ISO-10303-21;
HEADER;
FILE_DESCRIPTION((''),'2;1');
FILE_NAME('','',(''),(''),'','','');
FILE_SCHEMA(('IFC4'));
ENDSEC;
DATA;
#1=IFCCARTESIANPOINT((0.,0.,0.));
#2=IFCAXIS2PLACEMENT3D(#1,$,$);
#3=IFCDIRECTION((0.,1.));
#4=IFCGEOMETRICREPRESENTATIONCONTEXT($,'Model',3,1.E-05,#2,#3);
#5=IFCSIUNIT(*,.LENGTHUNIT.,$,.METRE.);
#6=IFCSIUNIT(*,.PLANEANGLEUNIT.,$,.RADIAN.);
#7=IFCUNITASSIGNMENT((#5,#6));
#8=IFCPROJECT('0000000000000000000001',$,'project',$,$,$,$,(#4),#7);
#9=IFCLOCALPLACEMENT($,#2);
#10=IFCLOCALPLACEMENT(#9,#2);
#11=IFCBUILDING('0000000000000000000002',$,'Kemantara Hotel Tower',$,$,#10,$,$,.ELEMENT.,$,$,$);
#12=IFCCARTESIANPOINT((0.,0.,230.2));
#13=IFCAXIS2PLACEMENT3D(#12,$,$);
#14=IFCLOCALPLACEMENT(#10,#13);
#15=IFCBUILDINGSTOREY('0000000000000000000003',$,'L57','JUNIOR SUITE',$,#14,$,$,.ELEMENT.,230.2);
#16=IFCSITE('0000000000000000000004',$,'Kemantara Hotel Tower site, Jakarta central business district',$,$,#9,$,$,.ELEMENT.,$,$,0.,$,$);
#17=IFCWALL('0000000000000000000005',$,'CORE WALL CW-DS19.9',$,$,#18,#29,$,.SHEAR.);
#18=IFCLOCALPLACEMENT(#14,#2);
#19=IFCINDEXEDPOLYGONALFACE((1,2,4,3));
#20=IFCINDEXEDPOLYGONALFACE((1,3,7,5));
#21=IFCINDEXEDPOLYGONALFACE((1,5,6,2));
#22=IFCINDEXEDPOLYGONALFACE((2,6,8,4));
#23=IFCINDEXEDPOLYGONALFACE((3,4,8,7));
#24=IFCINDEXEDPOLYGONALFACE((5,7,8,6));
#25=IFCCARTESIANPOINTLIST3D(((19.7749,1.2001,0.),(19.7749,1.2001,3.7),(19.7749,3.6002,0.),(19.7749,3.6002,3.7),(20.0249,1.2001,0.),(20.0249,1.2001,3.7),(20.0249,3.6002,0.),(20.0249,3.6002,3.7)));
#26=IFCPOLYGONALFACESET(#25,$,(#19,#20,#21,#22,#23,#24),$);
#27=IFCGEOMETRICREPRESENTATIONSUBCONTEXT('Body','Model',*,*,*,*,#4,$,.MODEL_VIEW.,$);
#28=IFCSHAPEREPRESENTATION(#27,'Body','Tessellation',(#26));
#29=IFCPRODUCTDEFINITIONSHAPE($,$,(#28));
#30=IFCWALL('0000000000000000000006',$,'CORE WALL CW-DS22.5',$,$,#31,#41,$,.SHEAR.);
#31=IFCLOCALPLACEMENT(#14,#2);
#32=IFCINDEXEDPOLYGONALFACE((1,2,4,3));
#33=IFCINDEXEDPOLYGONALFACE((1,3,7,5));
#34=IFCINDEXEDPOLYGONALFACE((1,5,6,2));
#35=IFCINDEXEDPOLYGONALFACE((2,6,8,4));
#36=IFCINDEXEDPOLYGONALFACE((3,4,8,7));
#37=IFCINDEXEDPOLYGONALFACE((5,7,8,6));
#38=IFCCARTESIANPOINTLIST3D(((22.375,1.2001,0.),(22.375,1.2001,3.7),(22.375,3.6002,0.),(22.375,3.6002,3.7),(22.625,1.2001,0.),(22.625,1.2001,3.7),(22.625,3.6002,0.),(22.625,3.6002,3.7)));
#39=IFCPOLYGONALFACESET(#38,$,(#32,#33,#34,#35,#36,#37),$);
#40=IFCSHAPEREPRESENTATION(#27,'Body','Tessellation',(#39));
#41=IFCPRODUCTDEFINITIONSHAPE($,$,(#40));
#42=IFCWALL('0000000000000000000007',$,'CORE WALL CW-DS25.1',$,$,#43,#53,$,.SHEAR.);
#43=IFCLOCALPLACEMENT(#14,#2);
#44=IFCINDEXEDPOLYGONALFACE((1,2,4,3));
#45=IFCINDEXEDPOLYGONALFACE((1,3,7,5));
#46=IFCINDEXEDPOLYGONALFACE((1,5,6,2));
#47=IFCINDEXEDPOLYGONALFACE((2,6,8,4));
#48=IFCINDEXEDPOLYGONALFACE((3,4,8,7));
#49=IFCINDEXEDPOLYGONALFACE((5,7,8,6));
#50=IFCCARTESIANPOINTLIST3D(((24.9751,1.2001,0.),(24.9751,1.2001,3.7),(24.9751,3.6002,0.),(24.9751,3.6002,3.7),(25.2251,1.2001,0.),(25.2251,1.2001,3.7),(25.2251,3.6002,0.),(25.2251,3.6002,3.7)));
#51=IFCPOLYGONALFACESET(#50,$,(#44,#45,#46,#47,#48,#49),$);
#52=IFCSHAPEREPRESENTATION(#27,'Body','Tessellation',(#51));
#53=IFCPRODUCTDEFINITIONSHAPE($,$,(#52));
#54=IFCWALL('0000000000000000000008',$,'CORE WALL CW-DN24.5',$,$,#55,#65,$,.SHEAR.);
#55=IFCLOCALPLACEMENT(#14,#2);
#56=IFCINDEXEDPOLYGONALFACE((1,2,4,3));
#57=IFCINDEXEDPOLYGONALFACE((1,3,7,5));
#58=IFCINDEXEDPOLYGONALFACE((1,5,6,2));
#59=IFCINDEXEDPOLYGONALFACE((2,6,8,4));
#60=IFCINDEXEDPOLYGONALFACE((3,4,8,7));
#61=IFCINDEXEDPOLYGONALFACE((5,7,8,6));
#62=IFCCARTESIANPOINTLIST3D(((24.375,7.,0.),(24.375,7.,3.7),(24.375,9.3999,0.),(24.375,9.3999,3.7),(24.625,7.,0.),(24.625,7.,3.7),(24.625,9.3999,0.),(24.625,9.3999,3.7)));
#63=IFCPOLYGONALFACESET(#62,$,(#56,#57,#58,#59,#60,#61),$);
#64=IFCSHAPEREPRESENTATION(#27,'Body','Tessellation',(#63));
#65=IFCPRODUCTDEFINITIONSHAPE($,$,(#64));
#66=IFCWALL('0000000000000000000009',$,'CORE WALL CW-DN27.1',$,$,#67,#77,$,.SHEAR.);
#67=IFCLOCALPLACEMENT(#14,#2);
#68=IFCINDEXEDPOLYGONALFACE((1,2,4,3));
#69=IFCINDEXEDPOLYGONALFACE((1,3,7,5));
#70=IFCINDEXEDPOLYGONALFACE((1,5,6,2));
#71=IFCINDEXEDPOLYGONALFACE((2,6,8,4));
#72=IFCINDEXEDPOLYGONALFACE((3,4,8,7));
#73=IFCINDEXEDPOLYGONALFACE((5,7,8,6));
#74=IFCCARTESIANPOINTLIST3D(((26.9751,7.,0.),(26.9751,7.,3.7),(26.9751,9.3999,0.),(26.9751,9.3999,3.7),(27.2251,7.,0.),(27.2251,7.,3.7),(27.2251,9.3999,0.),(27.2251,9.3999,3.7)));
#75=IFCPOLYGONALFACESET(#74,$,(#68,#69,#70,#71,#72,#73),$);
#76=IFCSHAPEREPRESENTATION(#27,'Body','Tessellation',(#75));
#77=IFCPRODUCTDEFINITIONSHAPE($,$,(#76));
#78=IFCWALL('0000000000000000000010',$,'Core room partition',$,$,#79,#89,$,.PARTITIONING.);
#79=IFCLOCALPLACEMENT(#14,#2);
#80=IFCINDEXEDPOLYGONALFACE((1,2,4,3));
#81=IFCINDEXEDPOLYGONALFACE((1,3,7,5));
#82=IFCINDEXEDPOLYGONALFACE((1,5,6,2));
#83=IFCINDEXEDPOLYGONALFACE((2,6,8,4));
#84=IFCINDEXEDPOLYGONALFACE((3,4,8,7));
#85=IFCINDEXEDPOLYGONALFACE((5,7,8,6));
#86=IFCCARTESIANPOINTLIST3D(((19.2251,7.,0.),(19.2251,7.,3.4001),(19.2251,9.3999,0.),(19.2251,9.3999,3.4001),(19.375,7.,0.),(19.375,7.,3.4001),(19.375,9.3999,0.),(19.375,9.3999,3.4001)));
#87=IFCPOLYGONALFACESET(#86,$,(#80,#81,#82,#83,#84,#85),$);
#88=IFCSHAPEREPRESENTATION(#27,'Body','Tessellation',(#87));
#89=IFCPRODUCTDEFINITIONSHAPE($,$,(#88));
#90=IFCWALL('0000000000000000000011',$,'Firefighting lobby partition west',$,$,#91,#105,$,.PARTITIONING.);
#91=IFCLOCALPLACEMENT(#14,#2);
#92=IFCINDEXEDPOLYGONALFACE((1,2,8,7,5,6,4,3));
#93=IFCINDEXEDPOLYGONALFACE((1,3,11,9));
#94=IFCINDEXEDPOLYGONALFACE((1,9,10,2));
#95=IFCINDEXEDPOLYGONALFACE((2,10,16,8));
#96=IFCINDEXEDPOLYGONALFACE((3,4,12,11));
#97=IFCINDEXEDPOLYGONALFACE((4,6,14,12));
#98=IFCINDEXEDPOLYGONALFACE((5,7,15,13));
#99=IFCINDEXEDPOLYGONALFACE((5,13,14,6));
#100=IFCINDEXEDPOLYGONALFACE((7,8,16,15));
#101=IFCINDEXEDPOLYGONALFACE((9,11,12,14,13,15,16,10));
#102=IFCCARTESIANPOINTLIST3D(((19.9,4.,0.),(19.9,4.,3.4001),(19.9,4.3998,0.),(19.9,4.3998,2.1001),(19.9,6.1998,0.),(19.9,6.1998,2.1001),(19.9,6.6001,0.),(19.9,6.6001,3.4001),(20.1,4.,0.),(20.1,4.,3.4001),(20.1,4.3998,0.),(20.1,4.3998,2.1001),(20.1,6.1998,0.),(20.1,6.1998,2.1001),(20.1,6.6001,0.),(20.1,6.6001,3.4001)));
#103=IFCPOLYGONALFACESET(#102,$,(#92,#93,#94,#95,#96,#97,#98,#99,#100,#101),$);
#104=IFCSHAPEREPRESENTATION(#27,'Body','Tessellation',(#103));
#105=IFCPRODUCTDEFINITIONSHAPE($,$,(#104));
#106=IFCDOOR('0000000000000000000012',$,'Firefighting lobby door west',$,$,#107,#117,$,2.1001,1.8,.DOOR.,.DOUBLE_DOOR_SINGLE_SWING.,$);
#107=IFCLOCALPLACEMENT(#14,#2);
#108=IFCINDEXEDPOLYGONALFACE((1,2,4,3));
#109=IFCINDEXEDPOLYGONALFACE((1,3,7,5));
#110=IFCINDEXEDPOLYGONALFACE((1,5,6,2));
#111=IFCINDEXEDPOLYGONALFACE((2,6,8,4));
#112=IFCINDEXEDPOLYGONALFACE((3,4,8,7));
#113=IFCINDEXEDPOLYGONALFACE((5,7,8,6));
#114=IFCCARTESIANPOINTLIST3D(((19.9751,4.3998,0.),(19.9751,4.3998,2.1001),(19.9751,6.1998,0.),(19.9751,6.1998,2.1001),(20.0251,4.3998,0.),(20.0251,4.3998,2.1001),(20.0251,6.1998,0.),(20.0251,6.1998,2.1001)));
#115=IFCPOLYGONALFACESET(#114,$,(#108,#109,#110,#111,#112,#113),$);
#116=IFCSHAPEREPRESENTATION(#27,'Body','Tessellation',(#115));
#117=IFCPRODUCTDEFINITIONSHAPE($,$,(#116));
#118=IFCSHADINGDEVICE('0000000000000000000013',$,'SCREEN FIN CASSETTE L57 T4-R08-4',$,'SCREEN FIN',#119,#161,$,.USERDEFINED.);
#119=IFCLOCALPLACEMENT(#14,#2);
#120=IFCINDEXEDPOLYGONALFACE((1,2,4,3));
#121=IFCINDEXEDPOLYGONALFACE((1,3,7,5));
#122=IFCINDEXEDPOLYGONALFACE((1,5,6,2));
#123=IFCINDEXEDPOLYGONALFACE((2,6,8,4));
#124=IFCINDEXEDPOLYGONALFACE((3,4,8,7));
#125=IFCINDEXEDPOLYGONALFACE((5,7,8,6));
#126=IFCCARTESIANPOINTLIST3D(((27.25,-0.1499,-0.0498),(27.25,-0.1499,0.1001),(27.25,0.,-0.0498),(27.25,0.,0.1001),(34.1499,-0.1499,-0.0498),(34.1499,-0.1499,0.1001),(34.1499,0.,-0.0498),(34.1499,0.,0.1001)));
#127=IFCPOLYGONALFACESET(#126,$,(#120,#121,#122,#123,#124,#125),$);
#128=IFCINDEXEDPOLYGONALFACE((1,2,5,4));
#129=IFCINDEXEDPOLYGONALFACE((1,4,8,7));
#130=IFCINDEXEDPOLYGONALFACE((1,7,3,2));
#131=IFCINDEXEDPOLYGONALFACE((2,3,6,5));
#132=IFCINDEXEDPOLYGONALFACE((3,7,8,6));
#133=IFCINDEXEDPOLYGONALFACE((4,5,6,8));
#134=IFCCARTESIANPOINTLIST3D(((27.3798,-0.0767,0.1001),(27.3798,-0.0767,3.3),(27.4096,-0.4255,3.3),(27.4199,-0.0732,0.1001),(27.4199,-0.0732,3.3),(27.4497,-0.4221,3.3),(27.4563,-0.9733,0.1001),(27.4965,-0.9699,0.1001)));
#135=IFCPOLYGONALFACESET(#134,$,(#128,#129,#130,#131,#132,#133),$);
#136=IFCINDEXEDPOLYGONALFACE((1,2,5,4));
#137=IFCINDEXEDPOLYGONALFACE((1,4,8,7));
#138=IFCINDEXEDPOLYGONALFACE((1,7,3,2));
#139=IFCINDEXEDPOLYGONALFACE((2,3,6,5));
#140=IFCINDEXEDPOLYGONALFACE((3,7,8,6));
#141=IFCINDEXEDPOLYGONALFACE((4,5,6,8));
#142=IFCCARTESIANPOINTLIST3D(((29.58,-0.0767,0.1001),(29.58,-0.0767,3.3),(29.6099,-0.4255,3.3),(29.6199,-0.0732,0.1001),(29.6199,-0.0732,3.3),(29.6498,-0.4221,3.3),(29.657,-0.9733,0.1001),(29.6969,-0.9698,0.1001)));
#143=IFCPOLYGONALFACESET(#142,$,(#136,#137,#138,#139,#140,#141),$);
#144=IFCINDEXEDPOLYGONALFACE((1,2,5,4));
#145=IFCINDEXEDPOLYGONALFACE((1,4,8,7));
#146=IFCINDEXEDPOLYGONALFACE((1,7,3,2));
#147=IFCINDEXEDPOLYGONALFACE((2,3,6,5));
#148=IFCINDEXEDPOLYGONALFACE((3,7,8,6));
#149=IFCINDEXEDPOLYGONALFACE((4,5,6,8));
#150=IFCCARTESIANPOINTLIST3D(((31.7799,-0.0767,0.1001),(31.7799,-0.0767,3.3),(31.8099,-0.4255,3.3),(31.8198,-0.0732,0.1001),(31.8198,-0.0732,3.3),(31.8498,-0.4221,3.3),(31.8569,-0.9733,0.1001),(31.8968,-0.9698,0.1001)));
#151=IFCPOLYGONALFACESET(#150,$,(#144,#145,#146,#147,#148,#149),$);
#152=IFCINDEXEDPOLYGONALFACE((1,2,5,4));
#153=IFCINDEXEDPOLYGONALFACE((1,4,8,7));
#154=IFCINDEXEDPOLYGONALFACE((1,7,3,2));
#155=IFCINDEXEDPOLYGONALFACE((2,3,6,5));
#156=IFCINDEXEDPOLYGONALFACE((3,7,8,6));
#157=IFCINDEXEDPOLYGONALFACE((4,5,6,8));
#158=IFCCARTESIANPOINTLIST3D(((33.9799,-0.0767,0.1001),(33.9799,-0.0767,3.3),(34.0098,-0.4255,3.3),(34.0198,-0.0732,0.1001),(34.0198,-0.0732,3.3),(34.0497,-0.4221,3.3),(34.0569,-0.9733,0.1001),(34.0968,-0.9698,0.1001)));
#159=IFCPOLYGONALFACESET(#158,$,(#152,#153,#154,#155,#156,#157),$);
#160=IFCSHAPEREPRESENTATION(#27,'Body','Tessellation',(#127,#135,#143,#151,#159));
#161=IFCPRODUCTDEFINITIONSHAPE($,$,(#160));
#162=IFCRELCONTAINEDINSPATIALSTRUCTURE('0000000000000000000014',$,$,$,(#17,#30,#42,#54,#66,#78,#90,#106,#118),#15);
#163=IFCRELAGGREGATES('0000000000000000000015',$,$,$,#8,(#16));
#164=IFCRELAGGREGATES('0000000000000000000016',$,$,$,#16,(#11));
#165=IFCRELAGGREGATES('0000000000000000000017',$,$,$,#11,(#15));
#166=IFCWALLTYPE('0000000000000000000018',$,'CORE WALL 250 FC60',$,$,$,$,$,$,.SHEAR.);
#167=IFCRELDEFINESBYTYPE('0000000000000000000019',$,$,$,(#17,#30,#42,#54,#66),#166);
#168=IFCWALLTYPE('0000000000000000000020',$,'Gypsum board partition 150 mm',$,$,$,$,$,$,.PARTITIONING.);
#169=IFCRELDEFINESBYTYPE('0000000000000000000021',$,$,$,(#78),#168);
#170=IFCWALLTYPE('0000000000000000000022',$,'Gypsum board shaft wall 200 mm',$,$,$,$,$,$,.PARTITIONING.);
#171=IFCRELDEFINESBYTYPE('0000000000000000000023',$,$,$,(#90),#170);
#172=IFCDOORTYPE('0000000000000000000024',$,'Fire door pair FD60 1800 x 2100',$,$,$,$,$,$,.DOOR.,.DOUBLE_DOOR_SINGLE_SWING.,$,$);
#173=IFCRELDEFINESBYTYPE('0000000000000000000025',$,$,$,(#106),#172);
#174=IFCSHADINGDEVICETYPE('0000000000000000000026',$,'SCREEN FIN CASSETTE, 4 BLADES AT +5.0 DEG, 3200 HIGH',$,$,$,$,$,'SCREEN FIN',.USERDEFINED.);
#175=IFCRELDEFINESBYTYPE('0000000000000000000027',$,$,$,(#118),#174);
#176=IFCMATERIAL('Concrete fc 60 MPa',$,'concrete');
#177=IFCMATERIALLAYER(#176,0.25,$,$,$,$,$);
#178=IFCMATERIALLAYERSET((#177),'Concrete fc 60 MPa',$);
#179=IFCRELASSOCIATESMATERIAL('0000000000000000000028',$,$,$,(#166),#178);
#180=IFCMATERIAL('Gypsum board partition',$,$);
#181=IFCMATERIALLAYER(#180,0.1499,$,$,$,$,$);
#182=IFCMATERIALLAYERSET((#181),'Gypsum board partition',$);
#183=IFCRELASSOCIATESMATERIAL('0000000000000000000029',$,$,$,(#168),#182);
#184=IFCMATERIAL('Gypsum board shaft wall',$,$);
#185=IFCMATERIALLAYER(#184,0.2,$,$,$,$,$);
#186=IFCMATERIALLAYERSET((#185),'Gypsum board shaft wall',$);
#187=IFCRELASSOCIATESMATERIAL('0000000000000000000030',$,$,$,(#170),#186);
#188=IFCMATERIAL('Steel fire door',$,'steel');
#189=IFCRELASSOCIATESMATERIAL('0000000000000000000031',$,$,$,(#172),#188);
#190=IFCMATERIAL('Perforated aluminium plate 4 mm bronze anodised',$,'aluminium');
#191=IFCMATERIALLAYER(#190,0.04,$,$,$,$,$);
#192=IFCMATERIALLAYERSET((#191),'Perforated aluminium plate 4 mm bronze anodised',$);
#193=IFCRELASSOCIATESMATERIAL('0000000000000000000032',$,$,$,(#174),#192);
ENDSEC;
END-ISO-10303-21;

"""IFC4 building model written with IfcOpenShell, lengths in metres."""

from ifc_helpers import new_model, si_unit, direction, frame, frame_2d, origin, origin_2d, place, context, subcontext, project, spatial, polyline, rectangle, outline, extrude, source, transform, mapped, material, layer, layer_set, type_object, element, fill, save


model = new_model("IFC4")

# Units and contexts
model_context = context("Model", 3, precision=1e-05, world=origin(), true_north=direction((0.0, 1.0)))
body_context = subcontext(model_context, "Body", "Model", "MODEL_VIEW")
ifc_project = project(units=[si_unit("LENGTHUNIT", "METRE"), si_unit("PLANEANGLEUNIT", "RADIAN")], contexts=[model_context])

# Site, building, storey
site_placement = place(None, origin())
site = spatial("IfcSite", under=ifc_project, at=site_placement, Name="Kemantara Hotel Tower site, Jakarta central business district", CompositionType="ELEMENT", RefElevation=0.0)
building_placement = place(site_placement, origin())
building = spatial("IfcBuilding", under=site, at=building_placement, Name="Kemantara Hotel Tower", CompositionType="ELEMENT")
storey_placement = place(building_placement, frame((0.0, 0.0, 230.2)))
storey = spatial("IfcBuildingStorey", under=building, at=storey_placement, Name="L57", Description="JUNIOR SUITE", CompositionType="ELEMENT", Elevation=230.2)

# Walls
ifc_material_1 = material(Name="Concrete fc 60 MPa", Category="concrete")
ifc_layer_1 = layer(ifc_material_1, 0.25)
ifc_layer_set_1 = layer_set([ifc_layer_1], Name="Concrete fc 60 MPa")
wall_type_1 = type_object("IfcWallType", Name="CORE WALL 250 FC60", PredefinedType="SHEAR", material=ifc_layer_set_1)
for number, where, z_axis, x_axis, name in (
    (1, (19.8999, 1.2, 0.0), (0.0, 0.0, 1.0), (0.0, 1.0, 0.0), "CORE WALL CW-DS19.9"),
    (2, (22.5, 1.2, 0.0), (0.0, 0.0, 1.0), (0.0, 1.0, 0.0), "CORE WALL CW-DS22.5"),
    (3, (25.1001, 1.2, 0.0), (0.0, 0.0, 1.0), (0.0, 1.0, 0.0), "CORE WALL CW-DS25.1"),
):
    element("IfcWall", number, at=place(storey_placement, frame(where, z_axis=z_axis, x_axis=x_axis)), inside=storey, type_object=wall_type_1, Name=name, PredefinedType="SHEAR", context=body_context, shape_type="SweptSolid", body=[
        extrude(rectangle(XDim=2.4001, YDim=0.25, at=frame_2d((1.2002, 0.0))), origin(), (0.0, 0.0, 1.0), 3.7),
    ])
for number, where, z_axis, x_axis, name in (
    (4, (24.5, 7.0, 0.0), (0.0, 0.0, 1.0), (0.0, 1.0, 0.0), "CORE WALL CW-DN24.5"),
    (5, (27.1001, 7.0, 0.0), (0.0, 0.0, 1.0), (0.0, 1.0, 0.0), "CORE WALL CW-DN27.1"),
):
    element("IfcWall", number, at=place(storey_placement, frame(where, z_axis=z_axis, x_axis=x_axis)), inside=storey, type_object=wall_type_1, Name=name, PredefinedType="SHEAR", context=body_context, shape_type="SweptSolid", body=[
        extrude(rectangle(XDim=2.3999, YDim=0.25, at=frame_2d((1.2, 0.0))), origin(), (0.0, 0.0, 1.0), 3.7),
    ])
ifc_material_2 = material(Name="Gypsum board partition")
ifc_layer_2 = layer(ifc_material_2, 0.1499)
ifc_layer_set_2 = layer_set([ifc_layer_2], Name="Gypsum board partition")
wall_type_2 = type_object("IfcWallType", Name="Gypsum board partition 150 mm", PredefinedType="PARTITIONING", material=ifc_layer_set_2)
wall_1_placement = place(storey_placement, frame((19.3, 7.0, 0.0), z_axis=(0.0, 0.0, 1.0), x_axis=(0.0, 1.0, 0.0)))
element("IfcWall", 6, at=wall_1_placement, inside=storey, type_object=wall_type_2, Name="Core room partition", PredefinedType="PARTITIONING", context=body_context, shape_type="SweptSolid", body=[
    extrude(rectangle(XDim=2.3999, YDim=0.1499, at=frame_2d((1.2, 0.0))), origin(), (0.0, 0.0, 1.0), 3.4001),
])

# Wall, opening, door
ifc_material_3 = material(Name="Gypsum board shaft wall")
ifc_layer_3 = layer(ifc_material_3, 0.2)
ifc_layer_set_3 = layer_set([ifc_layer_3], Name="Gypsum board shaft wall")
wall_type_3 = type_object("IfcWallType", Name="Gypsum board shaft wall 200 mm", PredefinedType="PARTITIONING", material=ifc_layer_set_3)
wall_2_placement = place(storey_placement, frame((20.0, 4.0, 0.0), z_axis=(0.0, 0.0, 1.0), x_axis=(0.0, 1.0, 0.0)))
wall_2 = element("IfcWall", 7, at=wall_2_placement, inside=storey, type_object=wall_type_3, Name="Firefighting lobby partition west", PredefinedType="PARTITIONING", context=body_context, shape_type="SweptSolid", body=[
    extrude(rectangle(XDim=2.6001, YDim=0.2, at=frame_2d((1.3, 0.0))), origin(), (0.0, 0.0, 1.0), 3.4001),
])
opening_placement = place(wall_2_placement, frame((0.3999, 0.0, 0.0)))
opening = element("IfcOpeningElement", 8, at=opening_placement, cuts=wall_2, PredefinedType="OPENING", context=body_context, shape_type="SweptSolid", body=[
    extrude(rectangle(XDim=1.8, YDim=2.1001, at=frame_2d((0.8999, 1.05))), frame((0.0, 0.1099, 0.0), z_axis=(0.0, -1.0, 0.0), x_axis=(1.0, 0.0, 0.0)), (0.0, 0.0, 1.0), 0.22),
])
ifc_material_4 = material(Name="Steel fire door", Category="steel")
door_type = type_object("IfcDoorType", Name="Fire door pair FD60 1800 x 2100", OperationType="DOUBLE_DOOR_SINGLE_SWING", PredefinedType="DOOR", material=ifc_material_4)
door_placement = place(opening_placement, origin())
door = element("IfcDoor", 9, at=door_placement, inside=storey, type_object=door_type, Name="Firefighting lobby door west", OperationType="DOUBLE_DOOR_SINGLE_SWING", OverallHeight=2.1001, OverallWidth=1.8, PredefinedType="DOOR", context=body_context, shape_type="SweptSolid", body=[
    extrude(rectangle(XDim=1.8, YDim=2.1001, at=frame_2d((0.8999, 1.05))), frame((0.0, 0.0249, 0.0), z_axis=(0.0, -1.0, 0.0), x_axis=(1.0, 0.0, 0.0)), (0.0, 0.0, 1.0), 0.05),
])
fill(opening, door)

# Shading device
ifc_material_5 = material(Name="Perforated aluminium plate 4 mm bronze anodised", Category="aluminium")
ifc_layer_4 = layer(ifc_material_5, 0.04)
ifc_layer_set_4 = layer_set([ifc_layer_4], Name="Perforated aluminium plate 4 mm bronze anodised")
shading_device_type = type_object("IfcShadingDeviceType", Name="SCREEN FIN CASSETTE, 4 BLADES AT +5.0 DEG, 3200 HIGH", ElementType="SCREEN FIN", PredefinedType="USERDEFINED", material=ifc_layer_set_4)
shared_shape = source(origin(), body_context, "Body", "SweptSolid", [
    extrude(rectangle(XDim=6.8999, YDim=0.1499, at=origin_2d()), frame((3.3, -0.075, -0.1499), z_axis=(0.0, 0.0, 1.0), x_axis=(1.0, 0.0, 0.0)), (0.0, 0.0, 1.0), 0.1499),
    extrude(outline(polyline([(0.0, 0.0), (0.8999, 0.0), (0.3501, 3.2), (0.0, 3.2), (0.0, 0.0)])), frame((0.02, -0.0732, 0.0), z_axis=(-0.996376, -0.085056, 0.0), x_axis=(0.085056, -0.996376, 0.0)), (0.0, 0.0, 1.0), 0.0403),
    extrude(outline(polyline([(0.0, 0.0), (0.8999, 0.0), (0.3501, 3.2), (0.0, 3.2), (0.0, 0.0)])), frame((2.22, -0.0732, 0.0), z_axis=(-0.996332, -0.085575, 0.0), x_axis=(0.085575, -0.996332, 0.0)), (0.0, 0.0, 1.0), 0.04),
    extrude(outline(polyline([(0.0, 0.0), (0.8999, 0.0), (0.3501, 3.2), (0.0, 3.2), (0.0, 0.0)])), frame((4.4199, -0.0732, 0.0), z_axis=(-0.996332, -0.085575, 0.0), x_axis=(0.085575, -0.996332, 0.0)), (0.0, 0.0, 1.0), 0.04),
    extrude(outline(polyline([(0.0, 0.0), (0.8999, 0.0), (0.3501, 3.2), (0.0, 3.2), (0.0, 0.0)])), frame((6.6199, -0.0732, 0.0), z_axis=(-0.996332, -0.085575, 0.0), x_axis=(0.085575, -0.996332, 0.0)), (0.0, 0.0, 1.0), 0.04),
])
shading_device_placement = place(storey_placement, frame((27.3999, 0.0, 0.1001), z_axis=(0.0, 0.0, 1.0), x_axis=(1.0, 0.0, 0.0)))
element("IfcShadingDevice", 10, at=shading_device_placement, inside=storey, type_object=shading_device_type, Name="SCREEN FIN CASSETTE L57 T4-R08-4", ObjectType="SCREEN FIN", PredefinedType="USERDEFINED", context=body_context, shape_type="MappedRepresentation", body=[
    mapped(shared_shape, transform((0.0, 0.0, 0.0))),
])

save(model, "model.ifc")
